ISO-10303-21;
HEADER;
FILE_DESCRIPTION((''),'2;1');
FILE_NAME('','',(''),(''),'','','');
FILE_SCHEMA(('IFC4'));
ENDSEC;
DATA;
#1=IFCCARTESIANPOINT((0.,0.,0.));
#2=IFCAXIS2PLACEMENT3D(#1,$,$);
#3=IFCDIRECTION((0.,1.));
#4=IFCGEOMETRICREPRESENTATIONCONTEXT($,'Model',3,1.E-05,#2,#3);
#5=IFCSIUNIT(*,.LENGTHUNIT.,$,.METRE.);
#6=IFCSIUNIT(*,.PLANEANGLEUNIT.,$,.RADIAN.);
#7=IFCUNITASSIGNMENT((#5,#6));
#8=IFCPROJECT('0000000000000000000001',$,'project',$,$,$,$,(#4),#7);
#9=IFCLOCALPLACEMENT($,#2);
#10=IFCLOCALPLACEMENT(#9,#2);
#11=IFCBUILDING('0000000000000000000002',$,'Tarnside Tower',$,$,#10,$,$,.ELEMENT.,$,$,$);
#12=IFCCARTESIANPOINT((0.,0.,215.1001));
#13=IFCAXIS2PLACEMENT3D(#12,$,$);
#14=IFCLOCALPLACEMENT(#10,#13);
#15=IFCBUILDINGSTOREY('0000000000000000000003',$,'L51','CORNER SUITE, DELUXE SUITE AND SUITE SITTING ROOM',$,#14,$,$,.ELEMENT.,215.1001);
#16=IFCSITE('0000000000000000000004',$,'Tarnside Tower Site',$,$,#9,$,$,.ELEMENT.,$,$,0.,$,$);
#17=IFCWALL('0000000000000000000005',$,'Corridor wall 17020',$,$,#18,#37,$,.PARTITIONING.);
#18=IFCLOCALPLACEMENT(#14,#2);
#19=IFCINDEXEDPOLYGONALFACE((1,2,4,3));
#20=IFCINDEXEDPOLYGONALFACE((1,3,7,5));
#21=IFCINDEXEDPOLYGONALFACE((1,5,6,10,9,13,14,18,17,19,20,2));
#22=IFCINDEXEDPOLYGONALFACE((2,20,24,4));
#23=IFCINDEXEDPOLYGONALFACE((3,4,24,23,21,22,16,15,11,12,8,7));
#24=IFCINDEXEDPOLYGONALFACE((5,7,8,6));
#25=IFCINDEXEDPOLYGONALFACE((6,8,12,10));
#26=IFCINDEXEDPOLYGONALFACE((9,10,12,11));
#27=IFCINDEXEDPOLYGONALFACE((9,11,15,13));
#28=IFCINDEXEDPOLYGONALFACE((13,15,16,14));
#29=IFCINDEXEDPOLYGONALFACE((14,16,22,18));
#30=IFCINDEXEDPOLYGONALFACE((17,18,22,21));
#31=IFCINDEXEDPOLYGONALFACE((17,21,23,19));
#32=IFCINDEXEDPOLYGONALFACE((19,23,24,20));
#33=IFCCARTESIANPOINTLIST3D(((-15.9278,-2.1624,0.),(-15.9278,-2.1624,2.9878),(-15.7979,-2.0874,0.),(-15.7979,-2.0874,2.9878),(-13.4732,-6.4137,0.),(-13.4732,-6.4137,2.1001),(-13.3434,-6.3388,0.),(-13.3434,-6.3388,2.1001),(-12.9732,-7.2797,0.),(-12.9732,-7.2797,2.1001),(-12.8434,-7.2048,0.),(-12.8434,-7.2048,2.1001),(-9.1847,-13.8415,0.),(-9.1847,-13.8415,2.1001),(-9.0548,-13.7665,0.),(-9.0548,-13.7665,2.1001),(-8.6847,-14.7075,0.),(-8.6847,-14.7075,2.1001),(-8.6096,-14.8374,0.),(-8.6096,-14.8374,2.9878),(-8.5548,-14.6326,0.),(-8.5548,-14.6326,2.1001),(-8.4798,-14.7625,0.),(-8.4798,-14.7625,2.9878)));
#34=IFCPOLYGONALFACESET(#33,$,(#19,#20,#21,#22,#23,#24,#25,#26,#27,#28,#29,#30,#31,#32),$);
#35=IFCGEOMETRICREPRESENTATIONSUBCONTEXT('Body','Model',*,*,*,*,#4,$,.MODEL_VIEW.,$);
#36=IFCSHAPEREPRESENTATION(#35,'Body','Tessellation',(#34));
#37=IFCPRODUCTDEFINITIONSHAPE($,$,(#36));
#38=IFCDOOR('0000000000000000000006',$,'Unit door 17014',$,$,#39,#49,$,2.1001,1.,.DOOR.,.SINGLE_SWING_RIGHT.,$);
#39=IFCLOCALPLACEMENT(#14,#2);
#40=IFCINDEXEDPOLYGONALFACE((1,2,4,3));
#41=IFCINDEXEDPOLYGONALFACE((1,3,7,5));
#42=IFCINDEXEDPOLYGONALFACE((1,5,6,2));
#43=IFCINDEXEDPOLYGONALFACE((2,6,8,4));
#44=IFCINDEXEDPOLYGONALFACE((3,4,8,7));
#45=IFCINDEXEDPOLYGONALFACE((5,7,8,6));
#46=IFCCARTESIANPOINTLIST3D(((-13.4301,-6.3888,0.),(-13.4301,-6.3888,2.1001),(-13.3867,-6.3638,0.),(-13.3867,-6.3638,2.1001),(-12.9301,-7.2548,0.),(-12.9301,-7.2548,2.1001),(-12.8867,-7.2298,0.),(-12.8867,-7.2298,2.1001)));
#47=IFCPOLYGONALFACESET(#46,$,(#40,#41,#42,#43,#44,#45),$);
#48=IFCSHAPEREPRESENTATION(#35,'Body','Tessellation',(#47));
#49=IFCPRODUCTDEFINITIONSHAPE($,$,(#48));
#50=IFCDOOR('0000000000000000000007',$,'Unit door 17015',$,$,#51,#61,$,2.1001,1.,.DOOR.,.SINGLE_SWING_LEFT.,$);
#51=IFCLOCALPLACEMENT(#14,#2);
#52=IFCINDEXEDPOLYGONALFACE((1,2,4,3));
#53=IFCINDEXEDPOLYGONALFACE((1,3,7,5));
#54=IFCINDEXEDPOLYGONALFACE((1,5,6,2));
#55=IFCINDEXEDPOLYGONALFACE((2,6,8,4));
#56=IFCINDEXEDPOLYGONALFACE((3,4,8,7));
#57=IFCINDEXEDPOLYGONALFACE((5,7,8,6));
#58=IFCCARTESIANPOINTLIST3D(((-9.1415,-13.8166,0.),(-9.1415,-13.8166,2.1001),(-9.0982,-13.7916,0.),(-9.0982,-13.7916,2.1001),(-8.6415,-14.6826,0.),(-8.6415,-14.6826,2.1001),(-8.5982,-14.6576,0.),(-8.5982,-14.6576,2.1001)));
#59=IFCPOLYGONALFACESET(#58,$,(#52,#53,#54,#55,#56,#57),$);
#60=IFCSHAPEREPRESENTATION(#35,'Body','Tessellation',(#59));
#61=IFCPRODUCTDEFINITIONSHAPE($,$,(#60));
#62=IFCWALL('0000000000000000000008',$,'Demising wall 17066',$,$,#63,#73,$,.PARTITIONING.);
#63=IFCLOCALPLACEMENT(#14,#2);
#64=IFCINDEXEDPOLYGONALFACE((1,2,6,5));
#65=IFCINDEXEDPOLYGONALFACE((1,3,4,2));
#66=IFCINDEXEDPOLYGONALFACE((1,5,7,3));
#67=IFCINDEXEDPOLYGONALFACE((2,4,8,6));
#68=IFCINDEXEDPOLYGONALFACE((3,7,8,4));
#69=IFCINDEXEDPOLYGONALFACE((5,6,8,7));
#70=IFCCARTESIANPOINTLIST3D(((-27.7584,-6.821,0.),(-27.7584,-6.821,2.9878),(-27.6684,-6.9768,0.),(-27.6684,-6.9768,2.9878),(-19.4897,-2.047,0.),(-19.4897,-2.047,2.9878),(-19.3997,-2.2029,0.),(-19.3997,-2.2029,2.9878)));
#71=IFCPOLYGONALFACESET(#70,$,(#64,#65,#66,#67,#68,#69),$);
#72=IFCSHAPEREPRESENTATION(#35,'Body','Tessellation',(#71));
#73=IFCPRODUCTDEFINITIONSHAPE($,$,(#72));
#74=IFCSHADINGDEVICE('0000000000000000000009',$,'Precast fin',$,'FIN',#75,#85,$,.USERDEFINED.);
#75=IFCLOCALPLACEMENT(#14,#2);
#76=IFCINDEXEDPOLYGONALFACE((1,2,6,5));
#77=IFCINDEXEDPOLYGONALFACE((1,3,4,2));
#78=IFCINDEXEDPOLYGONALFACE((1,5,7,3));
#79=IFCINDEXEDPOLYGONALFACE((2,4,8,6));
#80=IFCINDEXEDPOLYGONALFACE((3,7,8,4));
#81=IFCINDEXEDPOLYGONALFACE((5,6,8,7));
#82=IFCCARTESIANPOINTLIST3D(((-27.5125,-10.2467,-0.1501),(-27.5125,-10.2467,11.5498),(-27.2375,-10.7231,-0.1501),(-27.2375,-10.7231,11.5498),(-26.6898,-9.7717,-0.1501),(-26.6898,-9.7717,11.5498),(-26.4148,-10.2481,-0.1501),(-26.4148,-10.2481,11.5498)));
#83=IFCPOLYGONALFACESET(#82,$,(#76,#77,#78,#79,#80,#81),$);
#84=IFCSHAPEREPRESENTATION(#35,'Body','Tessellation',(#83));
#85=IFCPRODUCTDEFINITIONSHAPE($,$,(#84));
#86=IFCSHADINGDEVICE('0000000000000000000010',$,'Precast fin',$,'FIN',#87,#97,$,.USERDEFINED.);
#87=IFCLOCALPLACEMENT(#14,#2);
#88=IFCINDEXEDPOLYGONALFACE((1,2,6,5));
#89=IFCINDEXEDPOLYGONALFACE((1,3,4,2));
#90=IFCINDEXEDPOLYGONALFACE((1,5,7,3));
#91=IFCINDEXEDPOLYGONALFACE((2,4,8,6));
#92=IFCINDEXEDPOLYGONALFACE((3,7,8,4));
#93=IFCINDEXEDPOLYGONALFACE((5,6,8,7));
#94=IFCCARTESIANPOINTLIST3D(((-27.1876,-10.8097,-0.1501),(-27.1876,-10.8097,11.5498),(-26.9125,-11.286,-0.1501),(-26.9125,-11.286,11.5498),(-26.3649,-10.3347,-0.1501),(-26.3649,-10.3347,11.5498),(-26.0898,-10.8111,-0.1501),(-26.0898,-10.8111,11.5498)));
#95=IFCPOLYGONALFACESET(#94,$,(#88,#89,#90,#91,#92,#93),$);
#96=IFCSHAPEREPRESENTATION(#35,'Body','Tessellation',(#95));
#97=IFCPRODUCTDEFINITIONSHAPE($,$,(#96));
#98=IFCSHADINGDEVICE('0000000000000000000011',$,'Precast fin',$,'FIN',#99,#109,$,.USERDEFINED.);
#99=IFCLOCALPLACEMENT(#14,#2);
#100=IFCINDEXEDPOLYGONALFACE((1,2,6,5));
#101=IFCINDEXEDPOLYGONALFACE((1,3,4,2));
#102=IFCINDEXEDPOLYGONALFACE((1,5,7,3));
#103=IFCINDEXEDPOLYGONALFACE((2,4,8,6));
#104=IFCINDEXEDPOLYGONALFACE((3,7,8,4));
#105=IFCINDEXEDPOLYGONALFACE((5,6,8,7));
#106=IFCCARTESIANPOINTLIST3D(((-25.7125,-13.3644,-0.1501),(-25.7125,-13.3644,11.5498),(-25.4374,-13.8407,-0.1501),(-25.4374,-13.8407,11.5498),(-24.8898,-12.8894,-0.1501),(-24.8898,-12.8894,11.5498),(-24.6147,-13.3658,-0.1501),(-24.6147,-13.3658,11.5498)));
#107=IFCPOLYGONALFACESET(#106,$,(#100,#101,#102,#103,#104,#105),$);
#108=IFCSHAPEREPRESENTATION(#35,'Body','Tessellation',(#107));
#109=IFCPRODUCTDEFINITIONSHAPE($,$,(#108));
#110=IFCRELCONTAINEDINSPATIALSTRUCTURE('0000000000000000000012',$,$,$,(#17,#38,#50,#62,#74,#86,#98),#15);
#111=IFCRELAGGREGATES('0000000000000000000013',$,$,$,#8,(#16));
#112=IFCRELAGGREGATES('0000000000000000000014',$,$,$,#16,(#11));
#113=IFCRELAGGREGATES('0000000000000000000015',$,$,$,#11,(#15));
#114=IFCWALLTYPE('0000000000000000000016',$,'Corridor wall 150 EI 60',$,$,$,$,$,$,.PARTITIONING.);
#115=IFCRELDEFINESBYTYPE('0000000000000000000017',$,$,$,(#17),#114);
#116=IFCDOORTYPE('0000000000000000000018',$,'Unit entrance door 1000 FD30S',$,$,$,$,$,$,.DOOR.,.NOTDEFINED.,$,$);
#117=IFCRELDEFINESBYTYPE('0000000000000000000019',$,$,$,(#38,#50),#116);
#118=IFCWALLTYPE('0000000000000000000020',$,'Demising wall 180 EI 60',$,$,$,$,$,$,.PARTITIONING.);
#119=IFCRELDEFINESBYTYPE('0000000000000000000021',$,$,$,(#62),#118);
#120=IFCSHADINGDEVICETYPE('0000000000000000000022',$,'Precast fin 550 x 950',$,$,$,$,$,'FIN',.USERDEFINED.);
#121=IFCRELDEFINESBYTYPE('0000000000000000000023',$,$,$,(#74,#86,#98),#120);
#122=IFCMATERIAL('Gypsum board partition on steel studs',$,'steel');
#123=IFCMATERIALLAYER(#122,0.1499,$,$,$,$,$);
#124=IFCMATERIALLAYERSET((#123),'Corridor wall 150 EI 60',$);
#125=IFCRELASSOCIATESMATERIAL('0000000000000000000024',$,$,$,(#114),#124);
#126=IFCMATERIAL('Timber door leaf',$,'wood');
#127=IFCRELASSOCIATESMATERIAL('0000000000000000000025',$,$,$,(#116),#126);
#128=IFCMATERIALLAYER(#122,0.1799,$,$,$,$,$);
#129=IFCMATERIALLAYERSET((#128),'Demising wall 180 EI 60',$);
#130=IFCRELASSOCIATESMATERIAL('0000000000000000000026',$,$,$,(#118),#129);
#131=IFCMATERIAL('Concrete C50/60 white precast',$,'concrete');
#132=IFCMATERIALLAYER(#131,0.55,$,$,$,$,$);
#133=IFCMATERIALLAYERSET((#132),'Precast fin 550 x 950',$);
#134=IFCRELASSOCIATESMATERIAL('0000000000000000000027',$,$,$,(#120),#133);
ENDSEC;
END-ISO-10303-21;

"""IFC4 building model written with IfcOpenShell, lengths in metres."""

from ifc_helpers import new_model, si_unit, direction, frame, frame_2d, origin, place, context, subcontext, project, spatial, polyline, rectangle, outline, extrude, material, layer, layer_set, type_object, element, fill, save


model = new_model("IFC4")

# Units and contexts
model_context = context("Model", 3, precision=1e-05, world=origin(), true_north=direction((0.0, 1.0)))
body_context = subcontext(model_context, "Body", "Model", "MODEL_VIEW")
ifc_project = project(units=[si_unit("LENGTHUNIT", "METRE"), si_unit("PLANEANGLEUNIT", "RADIAN")], contexts=[model_context])

# Site, building, storey
site_placement = place(None, origin())
site = spatial("IfcSite", under=ifc_project, at=site_placement, Name="Tarnside Tower Site", CompositionType="ELEMENT", RefElevation=0.0)
building_placement = place(site_placement, origin())
building = spatial("IfcBuilding", under=site, at=building_placement, Name="Tarnside Tower", CompositionType="ELEMENT")
storey_placement = place(building_placement, frame((0.0, 0.0, 215.1001)))
storey = spatial("IfcBuildingStorey", under=building, at=storey_placement, Name="L51", Description="CORNER SUITE, DELUXE SUITE AND SUITE SITTING ROOM", CompositionType="ELEMENT", Elevation=215.1001)

# Shared definitions
ifc_material_1 = material(Name="Gypsum board partition on steel studs", Category="steel")
ifc_layer_1 = layer(ifc_material_1, 0.1499)
ifc_layer_set_1 = layer_set([ifc_layer_1], Name="Corridor wall 150 EI 60")
wall_type_1 = type_object("IfcWallType", Name="Corridor wall 150 EI 60", PredefinedType="PARTITIONING", material=ifc_layer_set_1)

# Shared definitions
ifc_material_2 = material(Name="Timber door leaf", Category="wood")
door_type_1 = type_object("IfcDoorType", Name="Unit entrance door 1000 FD30S", OperationType="NOTDEFINED", PredefinedType="DOOR", material=ifc_material_2)

# Wall, openings, doors
wall_1_placement = place(storey_placement, frame((-15.8628, -2.125, 0.0), z_axis=(0.0, 0.0, 1.0), x_axis=(0.500009, -0.86602, 0.0)))
wall_1 = element("IfcWall", 1, at=wall_1_placement, inside=storey, type_object=wall_type_1, Name="Corridor wall 17020", PredefinedType="PARTITIONING", context=body_context, shape_type="SweptSolid", body=[
    extrude(rectangle(XDim=14.636, YDim=0.1499, at=frame_2d((7.3179, 0.0))), origin(), (0.0, 0.0, 1.0), 2.9878),
])
opening_1_placement = place(wall_1_placement, frame((4.9089, 0.0, 0.0)))
opening_1 = element("IfcOpeningElement", 2, at=opening_1_placement, cuts=wall_1, PredefinedType="OPENING", context=body_context, shape_type="SweptSolid", body=[
    extrude(rectangle(XDim=1.0, YDim=2.1001, at=frame_2d((0.5, 1.05))), frame((0.0, 0.085, 0.0), z_axis=(0.0, -1.0, 0.0), x_axis=(1.0, 0.0, 0.0)), (0.0, 0.0, 1.0), 0.1699),
])
opening_2_placement = place(wall_1_placement, frame((13.4858, 0.0, 0.0)))
opening_2 = element("IfcOpeningElement", 3, at=opening_2_placement, cuts=wall_1, PredefinedType="OPENING", context=body_context, shape_type="SweptSolid", body=[
    extrude(rectangle(XDim=1.0, YDim=2.1001, at=frame_2d((0.5, 1.05))), frame((0.0, 0.085, 0.0), z_axis=(0.0, -1.0, 0.0), x_axis=(1.0, 0.0, 0.0)), (0.0, 0.0, 1.0), 0.1699),
])
door_1_placement = place(opening_1_placement, origin())
door_1 = element("IfcDoor", 4, at=door_1_placement, inside=storey, type_object=door_type_1, Name="Unit door 17014", OperationType="SINGLE_SWING_RIGHT", OverallHeight=2.1001, OverallWidth=1.0, PredefinedType="DOOR", context=body_context, shape_type="SweptSolid", body=[
    extrude(rectangle(XDim=1.0, YDim=2.1001, at=frame_2d((0.5, 1.05))), frame((0.0, 0.0249, 0.0), z_axis=(0.0, -1.0, 0.0), x_axis=(1.0, 0.0, 0.0)), (0.0, 0.0, 1.0), 0.05),
])
fill(opening_1, door_1)
door_2_placement = place(opening_2_placement, origin())
door_2 = element("IfcDoor", 5, at=door_2_placement, inside=storey, type_object=door_type_1, Name="Unit door 17015", OperationType="SINGLE_SWING_LEFT", OverallHeight=2.1001, OverallWidth=1.0, PredefinedType="DOOR", context=body_context, shape_type="SweptSolid", body=[
    extrude(rectangle(XDim=1.0, YDim=2.1001, at=frame_2d((0.5, 1.05))), frame((0.0, 0.0249, 0.0), z_axis=(0.0, -1.0, 0.0), x_axis=(1.0, 0.0, 0.0)), (0.0, 0.0, 1.0), 0.05),
])
fill(opening_2, door_2)

# Wall
ifc_layer_2 = layer(ifc_material_1, 0.1799)
ifc_layer_set_2 = layer_set([ifc_layer_2], Name="Demising wall 180 EI 60")
wall_type_2 = type_object("IfcWallType", Name="Demising wall 180 EI 60", PredefinedType="PARTITIONING", material=ifc_layer_set_2)
wall_2_placement = place(storey_placement, frame((-27.7134, -6.8989, 0.0), z_axis=(0.0, 0.0, 1.0), x_axis=(0.866022, 0.500006, 0.0)))
element("IfcWall", 6, at=wall_2_placement, inside=storey, type_object=wall_type_2, Name="Demising wall 17066", PredefinedType="PARTITIONING", context=body_context, shape_type="SweptSolid", body=[
    extrude(rectangle(XDim=9.5479, YDim=0.1799, at=frame_2d((4.7739, 0.0))), origin(), (0.0, 0.0, 1.0), 2.9878),
])

# Shading devices
ifc_material_3 = material(Name="Concrete C50/60 white precast", Category="concrete")
ifc_layer_3 = layer(ifc_material_3, 0.55)
ifc_layer_set_3 = layer_set([ifc_layer_3], Name="Precast fin 550 x 950")
shading_device_type = type_object("IfcShadingDeviceType", Name="Precast fin 550 x 950", ElementType="FIN", PredefinedType="USERDEFINED", material=ifc_layer_set_3)
for number, where, z_axis, x_axis, name in (
    (7, (-26.5522, -10.01, -0.1501), (-0.5, 0.866025, 0.0), (-0.866025, -0.5, 0.0), "Precast fin"),
    (8, (-26.2273, -10.573, -0.1501), (-0.5, 0.866025, 0.0), (-0.866025, -0.5, 0.0), "Precast fin"),
    (9, (-24.7522, -13.1277, -0.1501), (-0.5, 0.866025, 0.0), (-0.866025, -0.5, 0.0), "Precast fin"),
):
    element("IfcShadingDevice", number, at=place(storey_placement, frame(where, z_axis=z_axis, x_axis=x_axis)), inside=storey, type_object=shading_device_type, Name=name, ObjectType="FIN", PredefinedType="USERDEFINED", context=body_context, shape_type="SweptSolid", body=[
        extrude(outline(polyline([(0.0, 0.0), (0.95, 0.0), (0.95, 11.7), (0.0, 11.7), (0.0, 0.0)])), frame((0.0, 0.0, -0.2749)), (0.0, 0.0, 1.0), 0.55),
    ])

save(model, "model.ifc")
